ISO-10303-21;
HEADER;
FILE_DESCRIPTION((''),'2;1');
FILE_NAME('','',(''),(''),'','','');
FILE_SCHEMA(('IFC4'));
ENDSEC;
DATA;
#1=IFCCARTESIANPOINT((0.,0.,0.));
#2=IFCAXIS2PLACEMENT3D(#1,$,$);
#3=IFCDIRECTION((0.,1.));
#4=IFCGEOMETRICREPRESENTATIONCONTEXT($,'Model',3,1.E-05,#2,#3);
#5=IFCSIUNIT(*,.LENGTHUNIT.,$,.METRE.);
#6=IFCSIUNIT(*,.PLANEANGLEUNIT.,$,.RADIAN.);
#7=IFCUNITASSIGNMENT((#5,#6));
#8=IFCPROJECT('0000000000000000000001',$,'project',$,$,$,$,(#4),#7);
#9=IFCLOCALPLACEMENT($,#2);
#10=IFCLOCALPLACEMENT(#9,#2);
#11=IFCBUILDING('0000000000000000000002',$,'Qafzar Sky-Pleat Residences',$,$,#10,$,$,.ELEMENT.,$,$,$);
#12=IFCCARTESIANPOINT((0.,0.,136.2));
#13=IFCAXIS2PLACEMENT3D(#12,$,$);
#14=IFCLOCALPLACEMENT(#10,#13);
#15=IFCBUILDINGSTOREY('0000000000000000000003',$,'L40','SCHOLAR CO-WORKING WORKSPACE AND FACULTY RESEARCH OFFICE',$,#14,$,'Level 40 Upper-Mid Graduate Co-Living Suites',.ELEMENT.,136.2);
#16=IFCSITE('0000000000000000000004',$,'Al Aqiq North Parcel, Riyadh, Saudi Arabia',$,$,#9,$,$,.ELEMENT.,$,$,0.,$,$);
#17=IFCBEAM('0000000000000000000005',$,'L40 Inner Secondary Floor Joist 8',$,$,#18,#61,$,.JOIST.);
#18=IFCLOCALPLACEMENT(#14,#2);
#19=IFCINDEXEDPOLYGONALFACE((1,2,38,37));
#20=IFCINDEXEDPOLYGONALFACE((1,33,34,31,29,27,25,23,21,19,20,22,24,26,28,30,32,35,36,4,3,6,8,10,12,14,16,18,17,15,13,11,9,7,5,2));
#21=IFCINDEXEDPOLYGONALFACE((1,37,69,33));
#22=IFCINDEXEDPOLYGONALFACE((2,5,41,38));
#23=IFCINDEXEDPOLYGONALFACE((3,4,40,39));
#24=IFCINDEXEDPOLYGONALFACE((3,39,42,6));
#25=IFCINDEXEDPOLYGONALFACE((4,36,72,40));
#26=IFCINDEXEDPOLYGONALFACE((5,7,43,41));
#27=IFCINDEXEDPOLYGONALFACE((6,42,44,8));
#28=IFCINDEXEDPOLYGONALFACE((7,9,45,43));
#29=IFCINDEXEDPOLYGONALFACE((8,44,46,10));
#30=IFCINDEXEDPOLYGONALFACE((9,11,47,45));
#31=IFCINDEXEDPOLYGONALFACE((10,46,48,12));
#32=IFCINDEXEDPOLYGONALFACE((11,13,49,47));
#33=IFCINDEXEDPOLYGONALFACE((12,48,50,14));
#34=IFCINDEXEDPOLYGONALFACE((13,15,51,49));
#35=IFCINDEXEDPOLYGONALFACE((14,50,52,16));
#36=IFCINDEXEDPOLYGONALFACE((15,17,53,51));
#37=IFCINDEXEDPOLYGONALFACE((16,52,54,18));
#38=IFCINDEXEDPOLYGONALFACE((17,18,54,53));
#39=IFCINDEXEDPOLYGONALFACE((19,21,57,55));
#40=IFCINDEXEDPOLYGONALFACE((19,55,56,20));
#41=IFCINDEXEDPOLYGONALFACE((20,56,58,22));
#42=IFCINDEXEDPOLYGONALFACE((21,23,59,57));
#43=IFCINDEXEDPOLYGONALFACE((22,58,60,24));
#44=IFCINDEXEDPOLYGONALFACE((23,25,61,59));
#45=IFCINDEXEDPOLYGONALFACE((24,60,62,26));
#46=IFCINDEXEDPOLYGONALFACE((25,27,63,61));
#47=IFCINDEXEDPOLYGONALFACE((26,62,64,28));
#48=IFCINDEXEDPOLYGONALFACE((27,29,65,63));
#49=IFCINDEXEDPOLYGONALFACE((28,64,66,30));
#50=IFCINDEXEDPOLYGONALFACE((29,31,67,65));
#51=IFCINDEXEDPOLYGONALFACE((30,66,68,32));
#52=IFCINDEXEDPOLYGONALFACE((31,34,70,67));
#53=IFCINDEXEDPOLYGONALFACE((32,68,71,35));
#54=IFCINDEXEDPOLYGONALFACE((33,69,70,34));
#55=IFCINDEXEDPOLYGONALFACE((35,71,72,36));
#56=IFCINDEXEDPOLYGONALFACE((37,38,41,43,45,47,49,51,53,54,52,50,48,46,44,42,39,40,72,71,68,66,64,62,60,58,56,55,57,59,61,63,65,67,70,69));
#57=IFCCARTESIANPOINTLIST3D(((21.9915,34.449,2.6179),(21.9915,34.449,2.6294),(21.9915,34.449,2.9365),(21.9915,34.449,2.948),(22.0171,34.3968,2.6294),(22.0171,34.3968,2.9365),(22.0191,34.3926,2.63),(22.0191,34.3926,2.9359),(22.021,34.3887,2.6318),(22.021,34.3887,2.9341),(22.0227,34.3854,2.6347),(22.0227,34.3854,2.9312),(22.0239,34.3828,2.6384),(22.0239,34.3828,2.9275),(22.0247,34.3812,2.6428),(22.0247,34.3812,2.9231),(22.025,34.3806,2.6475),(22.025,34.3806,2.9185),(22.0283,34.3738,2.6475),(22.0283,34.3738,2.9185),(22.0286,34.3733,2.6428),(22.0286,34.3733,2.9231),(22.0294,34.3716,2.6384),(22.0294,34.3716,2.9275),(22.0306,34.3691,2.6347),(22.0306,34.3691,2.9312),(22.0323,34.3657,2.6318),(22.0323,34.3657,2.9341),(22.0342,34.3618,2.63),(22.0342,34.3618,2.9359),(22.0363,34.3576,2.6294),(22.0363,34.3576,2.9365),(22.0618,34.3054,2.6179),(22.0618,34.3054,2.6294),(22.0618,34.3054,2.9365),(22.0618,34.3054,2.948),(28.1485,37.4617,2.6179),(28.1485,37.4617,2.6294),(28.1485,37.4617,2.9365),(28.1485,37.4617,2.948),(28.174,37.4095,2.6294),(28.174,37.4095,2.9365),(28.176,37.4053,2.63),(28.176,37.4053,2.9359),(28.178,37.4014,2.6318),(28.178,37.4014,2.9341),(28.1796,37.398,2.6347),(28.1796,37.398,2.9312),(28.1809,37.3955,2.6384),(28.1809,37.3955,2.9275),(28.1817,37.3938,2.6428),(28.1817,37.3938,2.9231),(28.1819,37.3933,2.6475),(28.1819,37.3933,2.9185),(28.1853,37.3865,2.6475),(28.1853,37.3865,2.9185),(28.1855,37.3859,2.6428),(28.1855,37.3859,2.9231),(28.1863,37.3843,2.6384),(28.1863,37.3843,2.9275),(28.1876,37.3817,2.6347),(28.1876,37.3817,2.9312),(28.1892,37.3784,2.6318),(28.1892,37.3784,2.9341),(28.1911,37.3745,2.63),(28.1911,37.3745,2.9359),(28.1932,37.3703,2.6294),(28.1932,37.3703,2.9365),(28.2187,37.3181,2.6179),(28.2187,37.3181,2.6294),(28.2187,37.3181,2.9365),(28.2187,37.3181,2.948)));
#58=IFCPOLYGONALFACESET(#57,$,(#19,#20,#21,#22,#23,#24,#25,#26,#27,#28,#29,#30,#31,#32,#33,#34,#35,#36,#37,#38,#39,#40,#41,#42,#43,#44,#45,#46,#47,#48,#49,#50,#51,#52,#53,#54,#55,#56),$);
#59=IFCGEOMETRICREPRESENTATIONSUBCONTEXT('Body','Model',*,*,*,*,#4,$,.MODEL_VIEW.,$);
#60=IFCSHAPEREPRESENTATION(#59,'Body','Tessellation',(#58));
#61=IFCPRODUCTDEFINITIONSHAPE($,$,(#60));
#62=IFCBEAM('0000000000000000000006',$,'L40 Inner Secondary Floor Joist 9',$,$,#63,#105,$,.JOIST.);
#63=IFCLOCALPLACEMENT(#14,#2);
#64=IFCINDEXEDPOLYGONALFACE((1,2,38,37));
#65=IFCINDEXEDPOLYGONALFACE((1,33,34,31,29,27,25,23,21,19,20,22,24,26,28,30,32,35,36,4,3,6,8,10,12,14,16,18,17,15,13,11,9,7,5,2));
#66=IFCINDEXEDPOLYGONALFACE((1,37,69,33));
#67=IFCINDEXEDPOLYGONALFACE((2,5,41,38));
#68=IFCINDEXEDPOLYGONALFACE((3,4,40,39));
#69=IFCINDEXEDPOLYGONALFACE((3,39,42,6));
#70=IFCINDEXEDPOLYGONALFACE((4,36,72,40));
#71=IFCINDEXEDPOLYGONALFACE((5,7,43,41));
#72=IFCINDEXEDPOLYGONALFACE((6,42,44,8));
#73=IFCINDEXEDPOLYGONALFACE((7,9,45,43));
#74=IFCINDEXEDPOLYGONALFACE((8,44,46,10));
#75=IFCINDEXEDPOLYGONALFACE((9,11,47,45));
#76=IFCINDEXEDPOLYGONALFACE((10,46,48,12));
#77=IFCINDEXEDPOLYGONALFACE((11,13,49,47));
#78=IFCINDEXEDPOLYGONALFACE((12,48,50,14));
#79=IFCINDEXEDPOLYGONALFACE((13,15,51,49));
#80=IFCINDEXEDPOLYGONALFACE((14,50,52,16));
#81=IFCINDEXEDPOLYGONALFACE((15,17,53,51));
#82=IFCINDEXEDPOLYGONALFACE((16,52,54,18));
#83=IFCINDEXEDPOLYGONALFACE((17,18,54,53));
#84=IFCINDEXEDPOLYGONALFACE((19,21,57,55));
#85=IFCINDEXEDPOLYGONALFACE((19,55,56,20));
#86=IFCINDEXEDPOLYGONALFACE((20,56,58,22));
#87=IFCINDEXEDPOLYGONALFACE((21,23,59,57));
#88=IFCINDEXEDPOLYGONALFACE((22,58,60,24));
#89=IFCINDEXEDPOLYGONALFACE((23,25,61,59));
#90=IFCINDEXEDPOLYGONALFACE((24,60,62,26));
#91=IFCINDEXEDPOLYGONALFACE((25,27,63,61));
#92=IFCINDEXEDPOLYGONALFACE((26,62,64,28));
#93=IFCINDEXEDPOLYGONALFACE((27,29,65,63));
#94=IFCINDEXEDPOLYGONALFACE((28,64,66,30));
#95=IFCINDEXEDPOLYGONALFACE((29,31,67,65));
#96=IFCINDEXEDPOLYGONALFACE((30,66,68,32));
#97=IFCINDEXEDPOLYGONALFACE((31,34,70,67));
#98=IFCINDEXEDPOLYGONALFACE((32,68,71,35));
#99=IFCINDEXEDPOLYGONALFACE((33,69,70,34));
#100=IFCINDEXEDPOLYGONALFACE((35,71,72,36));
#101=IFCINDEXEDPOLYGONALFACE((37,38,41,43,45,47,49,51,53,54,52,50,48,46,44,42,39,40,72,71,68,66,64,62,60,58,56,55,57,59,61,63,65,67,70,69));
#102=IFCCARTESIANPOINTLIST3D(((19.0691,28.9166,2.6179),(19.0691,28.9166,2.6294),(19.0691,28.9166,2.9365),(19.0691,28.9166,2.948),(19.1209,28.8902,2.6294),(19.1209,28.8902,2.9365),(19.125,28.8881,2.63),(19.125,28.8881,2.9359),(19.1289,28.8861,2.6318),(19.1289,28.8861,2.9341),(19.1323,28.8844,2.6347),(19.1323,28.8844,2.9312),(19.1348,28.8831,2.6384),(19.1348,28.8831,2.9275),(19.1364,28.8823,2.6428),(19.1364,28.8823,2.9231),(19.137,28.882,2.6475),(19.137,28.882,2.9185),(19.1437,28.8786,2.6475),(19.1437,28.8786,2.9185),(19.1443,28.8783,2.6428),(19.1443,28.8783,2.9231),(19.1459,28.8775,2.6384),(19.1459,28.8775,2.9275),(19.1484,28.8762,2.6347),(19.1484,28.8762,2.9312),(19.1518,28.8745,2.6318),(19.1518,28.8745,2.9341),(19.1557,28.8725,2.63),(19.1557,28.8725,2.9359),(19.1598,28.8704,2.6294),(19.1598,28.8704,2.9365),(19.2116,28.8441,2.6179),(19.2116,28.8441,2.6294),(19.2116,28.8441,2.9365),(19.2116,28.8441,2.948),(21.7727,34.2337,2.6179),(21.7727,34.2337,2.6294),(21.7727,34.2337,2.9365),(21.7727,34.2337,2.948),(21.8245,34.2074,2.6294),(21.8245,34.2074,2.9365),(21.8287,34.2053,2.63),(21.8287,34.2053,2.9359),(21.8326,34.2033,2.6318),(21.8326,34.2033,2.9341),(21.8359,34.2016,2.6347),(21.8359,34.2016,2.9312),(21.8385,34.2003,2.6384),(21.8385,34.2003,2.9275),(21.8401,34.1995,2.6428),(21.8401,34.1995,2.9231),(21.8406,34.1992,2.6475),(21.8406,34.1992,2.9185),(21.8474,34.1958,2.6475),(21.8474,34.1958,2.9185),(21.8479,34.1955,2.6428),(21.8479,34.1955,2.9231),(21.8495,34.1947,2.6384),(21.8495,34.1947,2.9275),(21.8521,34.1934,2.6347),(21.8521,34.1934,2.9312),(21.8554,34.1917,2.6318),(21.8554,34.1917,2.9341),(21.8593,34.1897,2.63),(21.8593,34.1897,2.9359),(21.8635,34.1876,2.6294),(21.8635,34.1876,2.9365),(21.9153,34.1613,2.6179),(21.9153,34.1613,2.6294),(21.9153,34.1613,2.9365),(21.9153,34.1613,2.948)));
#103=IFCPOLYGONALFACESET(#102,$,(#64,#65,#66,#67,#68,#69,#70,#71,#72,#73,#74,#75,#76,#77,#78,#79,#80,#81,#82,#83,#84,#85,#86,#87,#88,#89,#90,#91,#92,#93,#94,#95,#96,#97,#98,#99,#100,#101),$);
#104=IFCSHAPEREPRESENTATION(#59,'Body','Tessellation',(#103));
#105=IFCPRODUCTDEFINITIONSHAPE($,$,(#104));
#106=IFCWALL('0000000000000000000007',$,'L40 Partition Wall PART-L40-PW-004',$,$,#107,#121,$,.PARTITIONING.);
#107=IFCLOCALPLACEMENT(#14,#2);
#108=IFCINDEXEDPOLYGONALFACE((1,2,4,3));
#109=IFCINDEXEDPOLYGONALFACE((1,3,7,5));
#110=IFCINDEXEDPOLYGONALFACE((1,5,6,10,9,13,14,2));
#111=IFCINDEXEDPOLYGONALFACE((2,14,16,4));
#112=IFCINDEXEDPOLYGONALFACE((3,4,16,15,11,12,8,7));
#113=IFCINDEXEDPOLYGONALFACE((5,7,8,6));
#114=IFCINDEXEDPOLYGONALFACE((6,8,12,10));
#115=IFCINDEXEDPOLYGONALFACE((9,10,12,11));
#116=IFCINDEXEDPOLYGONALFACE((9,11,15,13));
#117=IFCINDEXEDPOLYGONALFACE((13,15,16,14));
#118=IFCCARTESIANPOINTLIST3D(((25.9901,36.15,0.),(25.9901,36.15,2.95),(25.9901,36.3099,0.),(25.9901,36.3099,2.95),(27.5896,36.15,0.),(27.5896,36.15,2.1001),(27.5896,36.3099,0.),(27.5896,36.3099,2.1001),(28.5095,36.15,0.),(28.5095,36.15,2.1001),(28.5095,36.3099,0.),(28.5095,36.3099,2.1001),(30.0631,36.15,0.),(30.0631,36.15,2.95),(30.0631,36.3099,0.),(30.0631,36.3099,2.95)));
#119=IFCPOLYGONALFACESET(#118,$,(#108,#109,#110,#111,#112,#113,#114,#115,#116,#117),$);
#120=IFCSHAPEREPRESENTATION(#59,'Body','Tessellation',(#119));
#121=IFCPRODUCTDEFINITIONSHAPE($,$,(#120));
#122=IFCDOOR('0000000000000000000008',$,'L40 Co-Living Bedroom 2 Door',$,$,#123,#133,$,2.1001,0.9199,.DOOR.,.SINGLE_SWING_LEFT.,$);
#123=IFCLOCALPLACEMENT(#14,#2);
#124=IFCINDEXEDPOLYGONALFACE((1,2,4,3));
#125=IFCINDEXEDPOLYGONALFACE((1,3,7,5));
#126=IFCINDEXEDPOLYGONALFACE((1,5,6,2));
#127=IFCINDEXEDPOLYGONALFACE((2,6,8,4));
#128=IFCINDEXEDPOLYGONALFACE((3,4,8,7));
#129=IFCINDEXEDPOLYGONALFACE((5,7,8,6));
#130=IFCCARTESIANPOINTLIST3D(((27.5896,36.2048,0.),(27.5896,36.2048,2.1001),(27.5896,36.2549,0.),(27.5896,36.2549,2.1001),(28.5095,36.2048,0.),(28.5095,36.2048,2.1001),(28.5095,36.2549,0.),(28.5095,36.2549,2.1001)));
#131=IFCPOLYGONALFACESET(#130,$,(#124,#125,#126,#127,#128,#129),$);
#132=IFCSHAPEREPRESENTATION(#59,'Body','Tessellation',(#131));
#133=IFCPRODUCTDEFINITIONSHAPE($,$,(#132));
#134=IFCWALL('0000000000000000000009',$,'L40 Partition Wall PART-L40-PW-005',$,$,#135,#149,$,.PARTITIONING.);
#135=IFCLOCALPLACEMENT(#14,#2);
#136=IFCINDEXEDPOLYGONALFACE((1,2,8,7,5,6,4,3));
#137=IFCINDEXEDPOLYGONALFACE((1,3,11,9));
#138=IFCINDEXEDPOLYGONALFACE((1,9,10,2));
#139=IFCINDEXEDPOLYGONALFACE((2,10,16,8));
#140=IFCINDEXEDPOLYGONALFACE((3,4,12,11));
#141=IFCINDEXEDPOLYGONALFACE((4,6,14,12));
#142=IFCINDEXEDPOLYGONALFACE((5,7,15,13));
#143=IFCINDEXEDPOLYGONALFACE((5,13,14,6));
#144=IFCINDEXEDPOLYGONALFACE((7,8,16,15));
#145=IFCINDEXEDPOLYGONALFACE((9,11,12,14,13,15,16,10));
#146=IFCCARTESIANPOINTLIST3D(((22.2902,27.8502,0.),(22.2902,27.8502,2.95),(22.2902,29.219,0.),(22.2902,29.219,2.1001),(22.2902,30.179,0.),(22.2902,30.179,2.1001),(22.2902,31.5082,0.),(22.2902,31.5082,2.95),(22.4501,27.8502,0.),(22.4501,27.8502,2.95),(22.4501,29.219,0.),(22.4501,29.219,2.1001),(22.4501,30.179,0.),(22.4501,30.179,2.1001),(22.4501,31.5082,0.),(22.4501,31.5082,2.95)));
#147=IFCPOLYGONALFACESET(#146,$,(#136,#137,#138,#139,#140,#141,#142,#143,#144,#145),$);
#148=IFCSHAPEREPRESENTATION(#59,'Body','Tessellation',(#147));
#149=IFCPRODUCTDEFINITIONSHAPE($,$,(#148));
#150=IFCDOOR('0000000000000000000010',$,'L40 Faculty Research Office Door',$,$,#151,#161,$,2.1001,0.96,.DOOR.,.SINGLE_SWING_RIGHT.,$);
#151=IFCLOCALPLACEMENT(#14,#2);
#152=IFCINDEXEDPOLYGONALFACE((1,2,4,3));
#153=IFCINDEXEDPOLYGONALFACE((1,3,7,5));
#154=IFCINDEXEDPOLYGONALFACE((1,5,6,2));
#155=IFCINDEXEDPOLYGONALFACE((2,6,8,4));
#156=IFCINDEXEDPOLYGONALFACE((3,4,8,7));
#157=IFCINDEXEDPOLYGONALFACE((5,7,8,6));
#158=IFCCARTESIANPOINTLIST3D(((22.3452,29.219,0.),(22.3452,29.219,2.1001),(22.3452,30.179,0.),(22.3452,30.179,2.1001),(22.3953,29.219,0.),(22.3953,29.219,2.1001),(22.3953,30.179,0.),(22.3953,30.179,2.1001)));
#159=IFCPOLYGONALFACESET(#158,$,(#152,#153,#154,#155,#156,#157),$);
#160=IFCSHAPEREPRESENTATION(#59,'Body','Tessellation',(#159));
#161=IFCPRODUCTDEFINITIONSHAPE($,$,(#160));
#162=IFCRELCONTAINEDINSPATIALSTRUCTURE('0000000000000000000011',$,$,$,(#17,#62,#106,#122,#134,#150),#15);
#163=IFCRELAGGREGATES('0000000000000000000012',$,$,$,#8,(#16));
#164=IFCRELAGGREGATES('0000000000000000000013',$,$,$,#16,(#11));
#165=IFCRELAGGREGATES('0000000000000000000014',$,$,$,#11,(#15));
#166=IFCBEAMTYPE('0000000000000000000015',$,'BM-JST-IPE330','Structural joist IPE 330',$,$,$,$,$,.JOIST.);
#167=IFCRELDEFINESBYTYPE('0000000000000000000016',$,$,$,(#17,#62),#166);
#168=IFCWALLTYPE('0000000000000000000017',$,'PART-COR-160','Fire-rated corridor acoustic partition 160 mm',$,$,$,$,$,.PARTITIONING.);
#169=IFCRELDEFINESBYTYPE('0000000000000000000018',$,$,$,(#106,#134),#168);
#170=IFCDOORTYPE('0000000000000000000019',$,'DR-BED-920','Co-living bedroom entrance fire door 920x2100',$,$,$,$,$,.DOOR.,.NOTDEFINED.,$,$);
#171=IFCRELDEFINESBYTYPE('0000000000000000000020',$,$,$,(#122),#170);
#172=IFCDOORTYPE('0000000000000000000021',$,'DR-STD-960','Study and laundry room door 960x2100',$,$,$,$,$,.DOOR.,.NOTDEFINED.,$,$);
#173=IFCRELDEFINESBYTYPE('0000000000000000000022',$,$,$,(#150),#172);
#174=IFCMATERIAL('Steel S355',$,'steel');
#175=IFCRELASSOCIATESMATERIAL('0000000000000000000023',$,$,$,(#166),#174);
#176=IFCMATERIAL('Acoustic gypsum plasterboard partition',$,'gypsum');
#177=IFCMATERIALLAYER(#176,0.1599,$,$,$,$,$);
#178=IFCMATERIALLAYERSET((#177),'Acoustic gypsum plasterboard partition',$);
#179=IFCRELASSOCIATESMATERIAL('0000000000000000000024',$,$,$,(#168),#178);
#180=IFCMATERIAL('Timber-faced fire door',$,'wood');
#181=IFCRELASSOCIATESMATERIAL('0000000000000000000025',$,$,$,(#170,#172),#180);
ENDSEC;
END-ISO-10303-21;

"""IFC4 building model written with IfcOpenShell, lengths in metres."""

from ifc_helpers import new_model, si_unit, direction, frame, frame_2d, origin, origin_2d, place, context, subcontext, project, spatial, rectangle, i_section, extrude, source, transform, mapped, material, layer, layer_set, material_profile, profile_set, type_object, element, fill, save


model = new_model("IFC4")

# Units and contexts
model_context = context("Model", 3, precision=1e-05, world=origin(), true_north=direction((0.0, 1.0)))
body_context = subcontext(model_context, "Body", "Model", "MODEL_VIEW")
ifc_project = project(units=[si_unit("LENGTHUNIT", "METRE"), si_unit("PLANEANGLEUNIT", "RADIAN")], contexts=[model_context])

# Site, building, storey
site_placement = place(None, origin())
site = spatial("IfcSite", under=ifc_project, at=site_placement, Name="Al Aqiq North Parcel, Riyadh, Saudi Arabia", CompositionType="ELEMENT", RefElevation=0.0)
building_placement = place(site_placement, origin())
building = spatial("IfcBuilding", under=site, at=building_placement, Name="Qafzar Sky-Pleat Residences", CompositionType="ELEMENT")
storey_placement = place(building_placement, frame((0.0, 0.0, 136.2)))
storey = spatial("IfcBuildingStorey", under=building, at=storey_placement, Name="L40", Description="SCHOLAR CO-WORKING WORKSPACE AND FACULTY RESEARCH OFFICE", LongName="Level 40 Upper-Mid Graduate Co-Living Suites", CompositionType="ELEMENT", Elevation=136.2)

# Beams
ifc_material_1 = material(Name="Steel S355", Category="steel")
ifc_material_profile = material_profile(ifc_material_1, i_section(OverallWidth=0.1599, OverallDepth=0.3301, WebThickness=0.0076, FlangeThickness=0.0115, FilletRadius=0.0181, at=origin_2d()), Name="IPE 330")
ifc_profile_set = profile_set([ifc_material_profile], Name="Steel S355")
beam_type = type_object("IfcBeamType", Name="BM-JST-IPE330", Description="Structural joist IPE 330", PredefinedType="JOIST", material=ifc_profile_set)
shared_shape_1 = source(origin(), body_context, "Body", "SweptSolid", [
    extrude(i_section(OverallWidth=0.1599, OverallDepth=0.3301, WebThickness=0.0076, FlangeThickness=0.0115, FilletRadius=0.0181, at=origin_2d()), origin(), (0.0, 0.0, 1.0), 6.8545),
])
beam_1_placement = place(storey_placement, frame((28.1836, 37.3899, 2.783), z_axis=(-0.898234, -0.439518, 0.0), x_axis=(0.439518, -0.898234, 0.0)))
element("IfcBeam", 1, at=beam_1_placement, inside=storey, type_object=beam_type, Name="L40 Inner Secondary Floor Joist 8", PredefinedType="JOIST", context=body_context, shape_type="MappedRepresentation", body=[
    mapped(shared_shape_1, transform((0.0, 0.0, 0.0), x_axis=(1.0, 0.0, 0.0), y_axis=(0.0, 1.0, 0.0), z_axis=(0.0, 0.0, 1.0), scale=1.0)),
])
shared_shape_2 = source(origin(), body_context, "Body", "SweptSolid", [
    extrude(i_section(OverallWidth=0.1599, OverallDepth=0.3301, WebThickness=0.0076, FlangeThickness=0.0115, FilletRadius=0.0181, at=origin_2d()), origin(), (0.0, 0.0, 1.0), 5.9651),
])
beam_2_placement = place(storey_placement, frame((21.844, 34.1975, 2.783), z_axis=(-0.453244, -0.891386, 0.0), x_axis=(0.891386, -0.453244, 0.0)))
element("IfcBeam", 2, at=beam_2_placement, inside=storey, type_object=beam_type, Name="L40 Inner Secondary Floor Joist 9", PredefinedType="JOIST", context=body_context, shape_type="MappedRepresentation", body=[
    mapped(shared_shape_2, transform((0.0, 0.0, 0.0), x_axis=(1.0, 0.0, 0.0), y_axis=(0.0, 1.0, 0.0), z_axis=(0.0, 0.0, 1.0), scale=1.0)),
])

# Walls, openings, doors
ifc_material_2 = material(Name="Acoustic gypsum plasterboard partition", Category="gypsum")
ifc_layer_1 = layer(ifc_material_2, 0.1599)
ifc_layer_set_1 = layer_set([ifc_layer_1], Name="Acoustic gypsum plasterboard partition")
wall_type_1 = type_object("IfcWallType", Name="PART-COR-160", Description="Fire-rated corridor acoustic partition 160 mm", PredefinedType="PARTITIONING", material=ifc_layer_set_1)
wall_1_placement = place(storey_placement, frame((25.99, 36.23, 0.0), z_axis=(0.0, 0.0, 1.0), x_axis=(1.0, 0.0, 0.0)))
wall_1 = element("IfcWall", 3, at=wall_1_placement, inside=storey, type_object=wall_type_1, Name="L40 Partition Wall PART-L40-PW-004", PredefinedType="PARTITIONING", context=body_context, shape_type="SweptSolid", body=[
    extrude(rectangle(XDim=4.073, YDim=0.1599, at=frame_2d((2.0366, 0.0))), origin(), (0.0, 0.0, 1.0), 2.95),
])
opening_1_placement = place(wall_1_placement, frame((1.5996, 0.0, 0.0)))
opening_1 = element("IfcOpeningElement", 4, at=opening_1_placement, cuts=wall_1, PredefinedType="OPENING", context=body_context, shape_type="SweptSolid", body=[
    extrude(rectangle(XDim=0.9199, YDim=2.1001, at=frame_2d((0.46, 1.05))), frame((0.0, 0.0898, 0.0), z_axis=(0.0, -1.0, 0.0), x_axis=(1.0, 0.0, 0.0)), (0.0, 0.0, 1.0), 0.1799),
])
ifc_material_3 = material(Name="Timber-faced fire door", Category="wood")
door_type_1 = type_object("IfcDoorType", Name="DR-BED-920", Description="Co-living bedroom entrance fire door 920x2100", OperationType="NOTDEFINED", PredefinedType="DOOR", material=ifc_material_3)
shared_shape_3 = source(origin(), body_context, "Body", "SweptSolid", [
    extrude(rectangle(XDim=0.9199, YDim=2.1001, at=frame_2d((0.46, 1.05))), frame((0.0, 0.0249, 0.0), z_axis=(0.0, -1.0, 0.0), x_axis=(1.0, 0.0, 0.0)), (0.0, 0.0, 1.0), 0.05),
])
door_1_placement = place(opening_1_placement, origin())
door_1 = element("IfcDoor", 5, at=door_1_placement, inside=storey, type_object=door_type_1, Name="L40 Co-Living Bedroom 2 Door", OperationType="SINGLE_SWING_LEFT", OverallHeight=2.1001, OverallWidth=0.9199, PredefinedType="DOOR", context=body_context, shape_type="MappedRepresentation", body=[
    mapped(shared_shape_3, transform((0.0, 0.0, 0.0), x_axis=(1.0, 0.0, 0.0), y_axis=(0.0, 1.0, 0.0), z_axis=(0.0, 0.0, 1.0), scale=1.0)),
])
fill(opening_1, door_1)
wall_2_placement = place(storey_placement, frame((22.3701, 27.8501, 0.0), z_axis=(0.0, 0.0, 1.0), x_axis=(0.0, 1.0, 0.0)))
wall_2 = element("IfcWall", 6, at=wall_2_placement, inside=storey, type_object=wall_type_1, Name="L40 Partition Wall PART-L40-PW-005", PredefinedType="PARTITIONING", context=body_context, shape_type="SweptSolid", body=[
    extrude(rectangle(XDim=3.658, YDim=0.1599, at=frame_2d((1.8291, 0.0))), origin(), (0.0, 0.0, 1.0), 2.95),
])
opening_2_placement = place(wall_2_placement, frame((1.3689, 0.0, 0.0)))
opening_2 = element("IfcOpeningElement", 7, at=opening_2_placement, cuts=wall_2, PredefinedType="OPENING", context=body_context, shape_type="SweptSolid", body=[
    extrude(rectangle(XDim=0.96, YDim=2.1001, at=frame_2d((0.48, 1.05))), frame((0.0, 0.0898, 0.0), z_axis=(0.0, -1.0, 0.0), x_axis=(1.0, 0.0, 0.0)), (0.0, 0.0, 1.0), 0.1799),
])
door_type_2 = type_object("IfcDoorType", Name="DR-STD-960", Description="Study and laundry room door 960x2100", OperationType="NOTDEFINED", PredefinedType="DOOR", material=ifc_material_3)
shared_shape_4 = source(origin(), body_context, "Body", "SweptSolid", [
    extrude(rectangle(XDim=0.96, YDim=2.1001, at=frame_2d((0.48, 1.05))), frame((0.0, 0.0249, 0.0), z_axis=(0.0, -1.0, 0.0), x_axis=(1.0, 0.0, 0.0)), (0.0, 0.0, 1.0), 0.05),
])
door_2_placement = place(opening_2_placement, origin())
door_2 = element("IfcDoor", 8, at=door_2_placement, inside=storey, type_object=door_type_2, Name="L40 Faculty Research Office Door", OperationType="SINGLE_SWING_RIGHT", OverallHeight=2.1001, OverallWidth=0.96, PredefinedType="DOOR", context=body_context, shape_type="MappedRepresentation", body=[
    mapped(shared_shape_4, transform((0.0, 0.0, 0.0), x_axis=(1.0, 0.0, 0.0), y_axis=(0.0, 1.0, 0.0), z_axis=(0.0, 0.0, 1.0), scale=1.0)),
])
fill(opening_2, door_2)

save(model, "model.ifc")
